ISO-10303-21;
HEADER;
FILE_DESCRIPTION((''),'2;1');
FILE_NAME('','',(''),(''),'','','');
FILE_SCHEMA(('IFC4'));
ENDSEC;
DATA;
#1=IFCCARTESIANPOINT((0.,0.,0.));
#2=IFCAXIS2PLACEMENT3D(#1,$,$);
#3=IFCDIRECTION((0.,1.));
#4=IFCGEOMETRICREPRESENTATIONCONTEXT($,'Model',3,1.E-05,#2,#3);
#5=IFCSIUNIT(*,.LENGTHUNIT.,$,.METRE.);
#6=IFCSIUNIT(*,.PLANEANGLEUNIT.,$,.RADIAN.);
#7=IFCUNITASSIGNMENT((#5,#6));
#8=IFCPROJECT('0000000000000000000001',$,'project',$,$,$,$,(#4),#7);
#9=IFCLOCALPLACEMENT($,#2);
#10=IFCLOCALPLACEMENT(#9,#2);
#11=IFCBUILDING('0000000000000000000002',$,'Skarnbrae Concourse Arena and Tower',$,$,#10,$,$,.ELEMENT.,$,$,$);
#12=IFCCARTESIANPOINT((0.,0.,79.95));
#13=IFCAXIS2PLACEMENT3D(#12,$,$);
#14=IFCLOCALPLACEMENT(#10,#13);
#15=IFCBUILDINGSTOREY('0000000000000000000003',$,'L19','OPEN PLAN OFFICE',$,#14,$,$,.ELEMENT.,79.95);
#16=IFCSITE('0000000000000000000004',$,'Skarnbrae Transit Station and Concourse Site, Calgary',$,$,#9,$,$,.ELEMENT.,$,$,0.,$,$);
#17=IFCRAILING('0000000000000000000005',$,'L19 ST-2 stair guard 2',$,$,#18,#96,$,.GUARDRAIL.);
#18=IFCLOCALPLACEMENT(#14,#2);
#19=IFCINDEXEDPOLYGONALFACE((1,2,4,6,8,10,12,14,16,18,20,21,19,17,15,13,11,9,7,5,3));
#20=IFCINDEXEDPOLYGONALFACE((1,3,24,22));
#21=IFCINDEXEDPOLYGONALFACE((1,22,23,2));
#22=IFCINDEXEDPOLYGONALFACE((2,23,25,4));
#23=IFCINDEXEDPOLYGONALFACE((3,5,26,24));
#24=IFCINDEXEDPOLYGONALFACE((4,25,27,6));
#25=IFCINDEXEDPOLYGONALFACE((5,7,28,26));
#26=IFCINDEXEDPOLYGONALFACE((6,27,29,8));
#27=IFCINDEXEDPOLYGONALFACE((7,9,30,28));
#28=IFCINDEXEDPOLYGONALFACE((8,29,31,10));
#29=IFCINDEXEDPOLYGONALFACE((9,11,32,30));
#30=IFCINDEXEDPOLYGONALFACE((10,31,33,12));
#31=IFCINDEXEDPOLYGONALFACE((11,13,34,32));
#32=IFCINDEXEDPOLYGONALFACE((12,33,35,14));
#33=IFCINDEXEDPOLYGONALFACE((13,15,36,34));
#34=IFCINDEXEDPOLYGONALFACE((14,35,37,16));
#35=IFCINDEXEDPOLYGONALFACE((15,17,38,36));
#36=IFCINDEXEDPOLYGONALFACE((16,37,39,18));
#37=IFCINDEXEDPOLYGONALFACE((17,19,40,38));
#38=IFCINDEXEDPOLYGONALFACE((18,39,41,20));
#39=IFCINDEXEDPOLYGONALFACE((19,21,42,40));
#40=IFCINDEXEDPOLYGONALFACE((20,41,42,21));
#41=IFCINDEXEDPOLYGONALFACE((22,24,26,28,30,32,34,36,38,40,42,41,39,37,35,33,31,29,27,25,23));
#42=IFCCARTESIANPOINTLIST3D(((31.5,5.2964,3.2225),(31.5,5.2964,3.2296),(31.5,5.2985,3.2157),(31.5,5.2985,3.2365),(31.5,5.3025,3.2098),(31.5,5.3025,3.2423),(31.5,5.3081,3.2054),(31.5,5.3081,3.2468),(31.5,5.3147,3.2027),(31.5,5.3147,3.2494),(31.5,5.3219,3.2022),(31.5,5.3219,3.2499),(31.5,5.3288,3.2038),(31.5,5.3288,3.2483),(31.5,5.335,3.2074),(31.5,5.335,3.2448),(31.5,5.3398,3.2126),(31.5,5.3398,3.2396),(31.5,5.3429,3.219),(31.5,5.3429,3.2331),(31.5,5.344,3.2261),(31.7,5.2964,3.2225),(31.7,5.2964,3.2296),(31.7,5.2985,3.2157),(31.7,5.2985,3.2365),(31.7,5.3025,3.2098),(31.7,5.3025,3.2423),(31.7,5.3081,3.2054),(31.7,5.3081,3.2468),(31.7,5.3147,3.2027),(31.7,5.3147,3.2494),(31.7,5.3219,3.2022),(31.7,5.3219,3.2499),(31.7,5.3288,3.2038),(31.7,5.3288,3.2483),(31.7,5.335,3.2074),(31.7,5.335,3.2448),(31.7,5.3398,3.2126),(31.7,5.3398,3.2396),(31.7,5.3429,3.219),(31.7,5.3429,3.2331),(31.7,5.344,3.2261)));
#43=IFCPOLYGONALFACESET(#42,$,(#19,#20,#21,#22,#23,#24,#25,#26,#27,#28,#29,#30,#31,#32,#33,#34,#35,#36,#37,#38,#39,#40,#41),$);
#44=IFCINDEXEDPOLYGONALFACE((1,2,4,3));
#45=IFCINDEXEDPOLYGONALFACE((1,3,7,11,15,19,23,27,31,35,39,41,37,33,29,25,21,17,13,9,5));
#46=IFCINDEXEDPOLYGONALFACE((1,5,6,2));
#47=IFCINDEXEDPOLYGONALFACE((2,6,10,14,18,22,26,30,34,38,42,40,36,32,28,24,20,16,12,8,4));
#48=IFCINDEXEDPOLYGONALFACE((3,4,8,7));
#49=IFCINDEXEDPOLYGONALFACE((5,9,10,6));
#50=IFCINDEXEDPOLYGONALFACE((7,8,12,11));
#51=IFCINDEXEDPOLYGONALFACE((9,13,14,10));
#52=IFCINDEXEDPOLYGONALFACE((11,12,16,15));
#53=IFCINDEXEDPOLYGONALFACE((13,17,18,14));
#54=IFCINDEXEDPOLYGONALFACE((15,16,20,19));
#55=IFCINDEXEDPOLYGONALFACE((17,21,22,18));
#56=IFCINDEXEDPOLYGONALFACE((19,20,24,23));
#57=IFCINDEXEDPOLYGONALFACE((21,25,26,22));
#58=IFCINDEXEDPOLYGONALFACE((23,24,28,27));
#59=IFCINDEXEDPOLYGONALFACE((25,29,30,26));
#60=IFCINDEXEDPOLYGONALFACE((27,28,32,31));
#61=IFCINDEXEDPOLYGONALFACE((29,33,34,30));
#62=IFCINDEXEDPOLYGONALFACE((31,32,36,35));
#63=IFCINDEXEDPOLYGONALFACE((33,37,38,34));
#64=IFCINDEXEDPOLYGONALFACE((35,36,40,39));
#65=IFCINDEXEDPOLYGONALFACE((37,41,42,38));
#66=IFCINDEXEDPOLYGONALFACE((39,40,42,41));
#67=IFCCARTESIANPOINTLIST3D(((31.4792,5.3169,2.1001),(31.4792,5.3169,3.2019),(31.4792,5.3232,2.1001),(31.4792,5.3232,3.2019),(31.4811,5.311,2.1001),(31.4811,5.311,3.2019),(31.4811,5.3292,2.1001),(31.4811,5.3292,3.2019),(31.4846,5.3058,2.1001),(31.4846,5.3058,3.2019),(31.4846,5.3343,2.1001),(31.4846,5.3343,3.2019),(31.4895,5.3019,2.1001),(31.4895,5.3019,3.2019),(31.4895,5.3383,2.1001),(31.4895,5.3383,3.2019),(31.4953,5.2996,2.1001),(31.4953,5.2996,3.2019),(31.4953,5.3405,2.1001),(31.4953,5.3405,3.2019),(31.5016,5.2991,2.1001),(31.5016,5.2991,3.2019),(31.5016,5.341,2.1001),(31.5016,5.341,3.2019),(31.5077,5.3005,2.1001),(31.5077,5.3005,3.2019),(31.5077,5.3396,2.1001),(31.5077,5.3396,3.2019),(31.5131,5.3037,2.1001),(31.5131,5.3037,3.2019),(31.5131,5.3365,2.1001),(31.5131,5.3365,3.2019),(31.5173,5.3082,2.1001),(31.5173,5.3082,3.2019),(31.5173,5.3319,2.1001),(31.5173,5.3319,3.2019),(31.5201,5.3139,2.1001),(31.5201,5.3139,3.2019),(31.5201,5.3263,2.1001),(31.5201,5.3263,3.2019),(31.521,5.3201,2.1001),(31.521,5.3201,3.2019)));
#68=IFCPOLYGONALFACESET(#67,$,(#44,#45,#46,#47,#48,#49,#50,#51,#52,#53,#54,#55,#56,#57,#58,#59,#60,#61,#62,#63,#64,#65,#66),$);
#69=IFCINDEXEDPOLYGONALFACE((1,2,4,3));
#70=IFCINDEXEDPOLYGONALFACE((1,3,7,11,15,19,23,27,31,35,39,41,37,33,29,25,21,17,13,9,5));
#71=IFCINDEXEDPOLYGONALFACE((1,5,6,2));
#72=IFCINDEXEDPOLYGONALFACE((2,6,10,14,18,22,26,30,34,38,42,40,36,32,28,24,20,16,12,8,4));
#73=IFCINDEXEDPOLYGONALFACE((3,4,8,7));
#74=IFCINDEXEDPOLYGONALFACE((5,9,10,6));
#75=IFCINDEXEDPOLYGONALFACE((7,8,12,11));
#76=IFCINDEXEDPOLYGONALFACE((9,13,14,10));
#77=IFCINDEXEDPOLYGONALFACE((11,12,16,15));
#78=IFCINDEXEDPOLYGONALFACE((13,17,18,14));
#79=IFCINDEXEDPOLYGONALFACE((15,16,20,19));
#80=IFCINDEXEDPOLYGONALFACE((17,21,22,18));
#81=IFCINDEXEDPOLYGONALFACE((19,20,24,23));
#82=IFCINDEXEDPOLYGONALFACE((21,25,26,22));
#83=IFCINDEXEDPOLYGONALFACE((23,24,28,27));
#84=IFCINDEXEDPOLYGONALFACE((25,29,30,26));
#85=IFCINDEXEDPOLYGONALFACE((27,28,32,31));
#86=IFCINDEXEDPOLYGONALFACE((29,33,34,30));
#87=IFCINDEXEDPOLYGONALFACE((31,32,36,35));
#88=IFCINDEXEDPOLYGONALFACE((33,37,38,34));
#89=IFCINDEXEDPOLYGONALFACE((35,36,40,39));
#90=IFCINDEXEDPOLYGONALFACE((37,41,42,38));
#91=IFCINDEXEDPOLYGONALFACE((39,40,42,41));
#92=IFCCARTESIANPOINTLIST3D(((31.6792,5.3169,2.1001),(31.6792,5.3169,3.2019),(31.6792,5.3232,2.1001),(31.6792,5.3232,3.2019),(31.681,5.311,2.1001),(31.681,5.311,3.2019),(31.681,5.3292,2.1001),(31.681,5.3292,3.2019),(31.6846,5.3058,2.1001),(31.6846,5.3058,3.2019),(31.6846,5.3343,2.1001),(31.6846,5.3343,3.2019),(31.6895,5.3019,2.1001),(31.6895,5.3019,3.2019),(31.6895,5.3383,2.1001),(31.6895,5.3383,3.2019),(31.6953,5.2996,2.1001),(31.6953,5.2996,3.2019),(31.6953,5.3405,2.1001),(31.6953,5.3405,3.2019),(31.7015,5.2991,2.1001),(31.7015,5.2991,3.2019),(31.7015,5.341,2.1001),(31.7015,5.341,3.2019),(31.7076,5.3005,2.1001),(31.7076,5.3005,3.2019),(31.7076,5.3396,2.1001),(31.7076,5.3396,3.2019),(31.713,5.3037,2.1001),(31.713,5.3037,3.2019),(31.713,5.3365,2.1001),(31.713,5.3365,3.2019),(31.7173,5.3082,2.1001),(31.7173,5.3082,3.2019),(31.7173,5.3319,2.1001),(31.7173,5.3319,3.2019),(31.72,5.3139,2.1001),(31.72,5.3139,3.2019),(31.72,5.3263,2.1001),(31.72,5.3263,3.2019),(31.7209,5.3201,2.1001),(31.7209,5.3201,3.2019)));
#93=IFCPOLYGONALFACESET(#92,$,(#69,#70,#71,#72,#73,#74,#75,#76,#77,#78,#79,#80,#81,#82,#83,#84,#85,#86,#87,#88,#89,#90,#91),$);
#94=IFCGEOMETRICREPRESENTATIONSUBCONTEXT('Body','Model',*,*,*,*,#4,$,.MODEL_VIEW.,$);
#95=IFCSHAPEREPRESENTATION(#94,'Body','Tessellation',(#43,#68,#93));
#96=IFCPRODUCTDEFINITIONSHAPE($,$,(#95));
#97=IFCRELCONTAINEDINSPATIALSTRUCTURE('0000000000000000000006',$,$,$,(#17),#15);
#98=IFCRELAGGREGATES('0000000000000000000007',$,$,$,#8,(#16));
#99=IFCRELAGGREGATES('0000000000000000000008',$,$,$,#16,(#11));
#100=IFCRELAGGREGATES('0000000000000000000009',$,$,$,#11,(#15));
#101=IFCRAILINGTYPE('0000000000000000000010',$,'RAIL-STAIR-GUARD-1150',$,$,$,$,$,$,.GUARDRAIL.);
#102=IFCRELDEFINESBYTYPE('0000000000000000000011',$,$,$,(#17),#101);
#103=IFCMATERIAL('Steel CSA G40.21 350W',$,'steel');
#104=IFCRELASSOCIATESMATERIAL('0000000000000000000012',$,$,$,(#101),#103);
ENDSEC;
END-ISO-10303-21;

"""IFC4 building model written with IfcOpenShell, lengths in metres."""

from ifc_helpers import new_model, si_unit, direction, frame, origin, origin_2d, place, context, subcontext, project, spatial, circle, extrude, material, type_object, element, save


model = new_model("IFC4")

# Units and contexts
model_context = context("Model", 3, precision=1e-05, world=origin(), true_north=direction((0.0, 1.0)))
body_context = subcontext(model_context, "Body", "Model", "MODEL_VIEW")
ifc_project = project(units=[si_unit("LENGTHUNIT", "METRE"), si_unit("PLANEANGLEUNIT", "RADIAN")], contexts=[model_context])

# Site, building, storey
site_placement = place(None, origin())
site = spatial("IfcSite", under=ifc_project, at=site_placement, Name="Skarnbrae Transit Station and Concourse Site, Calgary", CompositionType="ELEMENT", RefElevation=0.0)
building_placement = place(site_placement, origin())
building = spatial("IfcBuilding", under=site, at=building_placement, Name="Skarnbrae Concourse Arena and Tower", CompositionType="ELEMENT")
storey_placement = place(building_placement, frame((0.0, 0.0, 79.95)))
storey = spatial("IfcBuildingStorey", under=building, at=storey_placement, Name="L19", Description="OPEN PLAN OFFICE", CompositionType="ELEMENT", Elevation=79.95)

# Shared definitions
ifc_material_1 = material(Name="Steel CSA G40.21 350W", Category="steel")

# Railing
railing_type_1 = type_object("IfcRailingType", Name="RAIL-STAIR-GUARD-1150", PredefinedType="GUARDRAIL", material=ifc_material_1)
railing_1_placement = place(storey_placement, frame((31.5, 5.3201, 2.1001)))
element("IfcRailing", 1, at=railing_1_placement, inside=storey, type_object=railing_type_1, Name="L19 ST-2 stair guard 2", PredefinedType="GUARDRAIL", context=body_context, shape_type="SweptSolid", body=[
    extrude(circle(Radius=0.0239, at=origin_2d()), frame((0.0, 0.0, 1.126), z_axis=(1.0, 0.0, 0.0), x_axis=(0.0, 1.0, 0.0)), (0.0, 0.0, 1.0), 0.2),
    extrude(circle(Radius=0.021, at=origin_2d()), origin(), (0.0, 0.0, 1.0), 1.1018),
    extrude(circle(Radius=0.021, at=origin_2d()), frame((0.2, 0.0, 0.0)), (0.0, 0.0, 1.0), 1.1018),
])

save(model, "model.ifc")
